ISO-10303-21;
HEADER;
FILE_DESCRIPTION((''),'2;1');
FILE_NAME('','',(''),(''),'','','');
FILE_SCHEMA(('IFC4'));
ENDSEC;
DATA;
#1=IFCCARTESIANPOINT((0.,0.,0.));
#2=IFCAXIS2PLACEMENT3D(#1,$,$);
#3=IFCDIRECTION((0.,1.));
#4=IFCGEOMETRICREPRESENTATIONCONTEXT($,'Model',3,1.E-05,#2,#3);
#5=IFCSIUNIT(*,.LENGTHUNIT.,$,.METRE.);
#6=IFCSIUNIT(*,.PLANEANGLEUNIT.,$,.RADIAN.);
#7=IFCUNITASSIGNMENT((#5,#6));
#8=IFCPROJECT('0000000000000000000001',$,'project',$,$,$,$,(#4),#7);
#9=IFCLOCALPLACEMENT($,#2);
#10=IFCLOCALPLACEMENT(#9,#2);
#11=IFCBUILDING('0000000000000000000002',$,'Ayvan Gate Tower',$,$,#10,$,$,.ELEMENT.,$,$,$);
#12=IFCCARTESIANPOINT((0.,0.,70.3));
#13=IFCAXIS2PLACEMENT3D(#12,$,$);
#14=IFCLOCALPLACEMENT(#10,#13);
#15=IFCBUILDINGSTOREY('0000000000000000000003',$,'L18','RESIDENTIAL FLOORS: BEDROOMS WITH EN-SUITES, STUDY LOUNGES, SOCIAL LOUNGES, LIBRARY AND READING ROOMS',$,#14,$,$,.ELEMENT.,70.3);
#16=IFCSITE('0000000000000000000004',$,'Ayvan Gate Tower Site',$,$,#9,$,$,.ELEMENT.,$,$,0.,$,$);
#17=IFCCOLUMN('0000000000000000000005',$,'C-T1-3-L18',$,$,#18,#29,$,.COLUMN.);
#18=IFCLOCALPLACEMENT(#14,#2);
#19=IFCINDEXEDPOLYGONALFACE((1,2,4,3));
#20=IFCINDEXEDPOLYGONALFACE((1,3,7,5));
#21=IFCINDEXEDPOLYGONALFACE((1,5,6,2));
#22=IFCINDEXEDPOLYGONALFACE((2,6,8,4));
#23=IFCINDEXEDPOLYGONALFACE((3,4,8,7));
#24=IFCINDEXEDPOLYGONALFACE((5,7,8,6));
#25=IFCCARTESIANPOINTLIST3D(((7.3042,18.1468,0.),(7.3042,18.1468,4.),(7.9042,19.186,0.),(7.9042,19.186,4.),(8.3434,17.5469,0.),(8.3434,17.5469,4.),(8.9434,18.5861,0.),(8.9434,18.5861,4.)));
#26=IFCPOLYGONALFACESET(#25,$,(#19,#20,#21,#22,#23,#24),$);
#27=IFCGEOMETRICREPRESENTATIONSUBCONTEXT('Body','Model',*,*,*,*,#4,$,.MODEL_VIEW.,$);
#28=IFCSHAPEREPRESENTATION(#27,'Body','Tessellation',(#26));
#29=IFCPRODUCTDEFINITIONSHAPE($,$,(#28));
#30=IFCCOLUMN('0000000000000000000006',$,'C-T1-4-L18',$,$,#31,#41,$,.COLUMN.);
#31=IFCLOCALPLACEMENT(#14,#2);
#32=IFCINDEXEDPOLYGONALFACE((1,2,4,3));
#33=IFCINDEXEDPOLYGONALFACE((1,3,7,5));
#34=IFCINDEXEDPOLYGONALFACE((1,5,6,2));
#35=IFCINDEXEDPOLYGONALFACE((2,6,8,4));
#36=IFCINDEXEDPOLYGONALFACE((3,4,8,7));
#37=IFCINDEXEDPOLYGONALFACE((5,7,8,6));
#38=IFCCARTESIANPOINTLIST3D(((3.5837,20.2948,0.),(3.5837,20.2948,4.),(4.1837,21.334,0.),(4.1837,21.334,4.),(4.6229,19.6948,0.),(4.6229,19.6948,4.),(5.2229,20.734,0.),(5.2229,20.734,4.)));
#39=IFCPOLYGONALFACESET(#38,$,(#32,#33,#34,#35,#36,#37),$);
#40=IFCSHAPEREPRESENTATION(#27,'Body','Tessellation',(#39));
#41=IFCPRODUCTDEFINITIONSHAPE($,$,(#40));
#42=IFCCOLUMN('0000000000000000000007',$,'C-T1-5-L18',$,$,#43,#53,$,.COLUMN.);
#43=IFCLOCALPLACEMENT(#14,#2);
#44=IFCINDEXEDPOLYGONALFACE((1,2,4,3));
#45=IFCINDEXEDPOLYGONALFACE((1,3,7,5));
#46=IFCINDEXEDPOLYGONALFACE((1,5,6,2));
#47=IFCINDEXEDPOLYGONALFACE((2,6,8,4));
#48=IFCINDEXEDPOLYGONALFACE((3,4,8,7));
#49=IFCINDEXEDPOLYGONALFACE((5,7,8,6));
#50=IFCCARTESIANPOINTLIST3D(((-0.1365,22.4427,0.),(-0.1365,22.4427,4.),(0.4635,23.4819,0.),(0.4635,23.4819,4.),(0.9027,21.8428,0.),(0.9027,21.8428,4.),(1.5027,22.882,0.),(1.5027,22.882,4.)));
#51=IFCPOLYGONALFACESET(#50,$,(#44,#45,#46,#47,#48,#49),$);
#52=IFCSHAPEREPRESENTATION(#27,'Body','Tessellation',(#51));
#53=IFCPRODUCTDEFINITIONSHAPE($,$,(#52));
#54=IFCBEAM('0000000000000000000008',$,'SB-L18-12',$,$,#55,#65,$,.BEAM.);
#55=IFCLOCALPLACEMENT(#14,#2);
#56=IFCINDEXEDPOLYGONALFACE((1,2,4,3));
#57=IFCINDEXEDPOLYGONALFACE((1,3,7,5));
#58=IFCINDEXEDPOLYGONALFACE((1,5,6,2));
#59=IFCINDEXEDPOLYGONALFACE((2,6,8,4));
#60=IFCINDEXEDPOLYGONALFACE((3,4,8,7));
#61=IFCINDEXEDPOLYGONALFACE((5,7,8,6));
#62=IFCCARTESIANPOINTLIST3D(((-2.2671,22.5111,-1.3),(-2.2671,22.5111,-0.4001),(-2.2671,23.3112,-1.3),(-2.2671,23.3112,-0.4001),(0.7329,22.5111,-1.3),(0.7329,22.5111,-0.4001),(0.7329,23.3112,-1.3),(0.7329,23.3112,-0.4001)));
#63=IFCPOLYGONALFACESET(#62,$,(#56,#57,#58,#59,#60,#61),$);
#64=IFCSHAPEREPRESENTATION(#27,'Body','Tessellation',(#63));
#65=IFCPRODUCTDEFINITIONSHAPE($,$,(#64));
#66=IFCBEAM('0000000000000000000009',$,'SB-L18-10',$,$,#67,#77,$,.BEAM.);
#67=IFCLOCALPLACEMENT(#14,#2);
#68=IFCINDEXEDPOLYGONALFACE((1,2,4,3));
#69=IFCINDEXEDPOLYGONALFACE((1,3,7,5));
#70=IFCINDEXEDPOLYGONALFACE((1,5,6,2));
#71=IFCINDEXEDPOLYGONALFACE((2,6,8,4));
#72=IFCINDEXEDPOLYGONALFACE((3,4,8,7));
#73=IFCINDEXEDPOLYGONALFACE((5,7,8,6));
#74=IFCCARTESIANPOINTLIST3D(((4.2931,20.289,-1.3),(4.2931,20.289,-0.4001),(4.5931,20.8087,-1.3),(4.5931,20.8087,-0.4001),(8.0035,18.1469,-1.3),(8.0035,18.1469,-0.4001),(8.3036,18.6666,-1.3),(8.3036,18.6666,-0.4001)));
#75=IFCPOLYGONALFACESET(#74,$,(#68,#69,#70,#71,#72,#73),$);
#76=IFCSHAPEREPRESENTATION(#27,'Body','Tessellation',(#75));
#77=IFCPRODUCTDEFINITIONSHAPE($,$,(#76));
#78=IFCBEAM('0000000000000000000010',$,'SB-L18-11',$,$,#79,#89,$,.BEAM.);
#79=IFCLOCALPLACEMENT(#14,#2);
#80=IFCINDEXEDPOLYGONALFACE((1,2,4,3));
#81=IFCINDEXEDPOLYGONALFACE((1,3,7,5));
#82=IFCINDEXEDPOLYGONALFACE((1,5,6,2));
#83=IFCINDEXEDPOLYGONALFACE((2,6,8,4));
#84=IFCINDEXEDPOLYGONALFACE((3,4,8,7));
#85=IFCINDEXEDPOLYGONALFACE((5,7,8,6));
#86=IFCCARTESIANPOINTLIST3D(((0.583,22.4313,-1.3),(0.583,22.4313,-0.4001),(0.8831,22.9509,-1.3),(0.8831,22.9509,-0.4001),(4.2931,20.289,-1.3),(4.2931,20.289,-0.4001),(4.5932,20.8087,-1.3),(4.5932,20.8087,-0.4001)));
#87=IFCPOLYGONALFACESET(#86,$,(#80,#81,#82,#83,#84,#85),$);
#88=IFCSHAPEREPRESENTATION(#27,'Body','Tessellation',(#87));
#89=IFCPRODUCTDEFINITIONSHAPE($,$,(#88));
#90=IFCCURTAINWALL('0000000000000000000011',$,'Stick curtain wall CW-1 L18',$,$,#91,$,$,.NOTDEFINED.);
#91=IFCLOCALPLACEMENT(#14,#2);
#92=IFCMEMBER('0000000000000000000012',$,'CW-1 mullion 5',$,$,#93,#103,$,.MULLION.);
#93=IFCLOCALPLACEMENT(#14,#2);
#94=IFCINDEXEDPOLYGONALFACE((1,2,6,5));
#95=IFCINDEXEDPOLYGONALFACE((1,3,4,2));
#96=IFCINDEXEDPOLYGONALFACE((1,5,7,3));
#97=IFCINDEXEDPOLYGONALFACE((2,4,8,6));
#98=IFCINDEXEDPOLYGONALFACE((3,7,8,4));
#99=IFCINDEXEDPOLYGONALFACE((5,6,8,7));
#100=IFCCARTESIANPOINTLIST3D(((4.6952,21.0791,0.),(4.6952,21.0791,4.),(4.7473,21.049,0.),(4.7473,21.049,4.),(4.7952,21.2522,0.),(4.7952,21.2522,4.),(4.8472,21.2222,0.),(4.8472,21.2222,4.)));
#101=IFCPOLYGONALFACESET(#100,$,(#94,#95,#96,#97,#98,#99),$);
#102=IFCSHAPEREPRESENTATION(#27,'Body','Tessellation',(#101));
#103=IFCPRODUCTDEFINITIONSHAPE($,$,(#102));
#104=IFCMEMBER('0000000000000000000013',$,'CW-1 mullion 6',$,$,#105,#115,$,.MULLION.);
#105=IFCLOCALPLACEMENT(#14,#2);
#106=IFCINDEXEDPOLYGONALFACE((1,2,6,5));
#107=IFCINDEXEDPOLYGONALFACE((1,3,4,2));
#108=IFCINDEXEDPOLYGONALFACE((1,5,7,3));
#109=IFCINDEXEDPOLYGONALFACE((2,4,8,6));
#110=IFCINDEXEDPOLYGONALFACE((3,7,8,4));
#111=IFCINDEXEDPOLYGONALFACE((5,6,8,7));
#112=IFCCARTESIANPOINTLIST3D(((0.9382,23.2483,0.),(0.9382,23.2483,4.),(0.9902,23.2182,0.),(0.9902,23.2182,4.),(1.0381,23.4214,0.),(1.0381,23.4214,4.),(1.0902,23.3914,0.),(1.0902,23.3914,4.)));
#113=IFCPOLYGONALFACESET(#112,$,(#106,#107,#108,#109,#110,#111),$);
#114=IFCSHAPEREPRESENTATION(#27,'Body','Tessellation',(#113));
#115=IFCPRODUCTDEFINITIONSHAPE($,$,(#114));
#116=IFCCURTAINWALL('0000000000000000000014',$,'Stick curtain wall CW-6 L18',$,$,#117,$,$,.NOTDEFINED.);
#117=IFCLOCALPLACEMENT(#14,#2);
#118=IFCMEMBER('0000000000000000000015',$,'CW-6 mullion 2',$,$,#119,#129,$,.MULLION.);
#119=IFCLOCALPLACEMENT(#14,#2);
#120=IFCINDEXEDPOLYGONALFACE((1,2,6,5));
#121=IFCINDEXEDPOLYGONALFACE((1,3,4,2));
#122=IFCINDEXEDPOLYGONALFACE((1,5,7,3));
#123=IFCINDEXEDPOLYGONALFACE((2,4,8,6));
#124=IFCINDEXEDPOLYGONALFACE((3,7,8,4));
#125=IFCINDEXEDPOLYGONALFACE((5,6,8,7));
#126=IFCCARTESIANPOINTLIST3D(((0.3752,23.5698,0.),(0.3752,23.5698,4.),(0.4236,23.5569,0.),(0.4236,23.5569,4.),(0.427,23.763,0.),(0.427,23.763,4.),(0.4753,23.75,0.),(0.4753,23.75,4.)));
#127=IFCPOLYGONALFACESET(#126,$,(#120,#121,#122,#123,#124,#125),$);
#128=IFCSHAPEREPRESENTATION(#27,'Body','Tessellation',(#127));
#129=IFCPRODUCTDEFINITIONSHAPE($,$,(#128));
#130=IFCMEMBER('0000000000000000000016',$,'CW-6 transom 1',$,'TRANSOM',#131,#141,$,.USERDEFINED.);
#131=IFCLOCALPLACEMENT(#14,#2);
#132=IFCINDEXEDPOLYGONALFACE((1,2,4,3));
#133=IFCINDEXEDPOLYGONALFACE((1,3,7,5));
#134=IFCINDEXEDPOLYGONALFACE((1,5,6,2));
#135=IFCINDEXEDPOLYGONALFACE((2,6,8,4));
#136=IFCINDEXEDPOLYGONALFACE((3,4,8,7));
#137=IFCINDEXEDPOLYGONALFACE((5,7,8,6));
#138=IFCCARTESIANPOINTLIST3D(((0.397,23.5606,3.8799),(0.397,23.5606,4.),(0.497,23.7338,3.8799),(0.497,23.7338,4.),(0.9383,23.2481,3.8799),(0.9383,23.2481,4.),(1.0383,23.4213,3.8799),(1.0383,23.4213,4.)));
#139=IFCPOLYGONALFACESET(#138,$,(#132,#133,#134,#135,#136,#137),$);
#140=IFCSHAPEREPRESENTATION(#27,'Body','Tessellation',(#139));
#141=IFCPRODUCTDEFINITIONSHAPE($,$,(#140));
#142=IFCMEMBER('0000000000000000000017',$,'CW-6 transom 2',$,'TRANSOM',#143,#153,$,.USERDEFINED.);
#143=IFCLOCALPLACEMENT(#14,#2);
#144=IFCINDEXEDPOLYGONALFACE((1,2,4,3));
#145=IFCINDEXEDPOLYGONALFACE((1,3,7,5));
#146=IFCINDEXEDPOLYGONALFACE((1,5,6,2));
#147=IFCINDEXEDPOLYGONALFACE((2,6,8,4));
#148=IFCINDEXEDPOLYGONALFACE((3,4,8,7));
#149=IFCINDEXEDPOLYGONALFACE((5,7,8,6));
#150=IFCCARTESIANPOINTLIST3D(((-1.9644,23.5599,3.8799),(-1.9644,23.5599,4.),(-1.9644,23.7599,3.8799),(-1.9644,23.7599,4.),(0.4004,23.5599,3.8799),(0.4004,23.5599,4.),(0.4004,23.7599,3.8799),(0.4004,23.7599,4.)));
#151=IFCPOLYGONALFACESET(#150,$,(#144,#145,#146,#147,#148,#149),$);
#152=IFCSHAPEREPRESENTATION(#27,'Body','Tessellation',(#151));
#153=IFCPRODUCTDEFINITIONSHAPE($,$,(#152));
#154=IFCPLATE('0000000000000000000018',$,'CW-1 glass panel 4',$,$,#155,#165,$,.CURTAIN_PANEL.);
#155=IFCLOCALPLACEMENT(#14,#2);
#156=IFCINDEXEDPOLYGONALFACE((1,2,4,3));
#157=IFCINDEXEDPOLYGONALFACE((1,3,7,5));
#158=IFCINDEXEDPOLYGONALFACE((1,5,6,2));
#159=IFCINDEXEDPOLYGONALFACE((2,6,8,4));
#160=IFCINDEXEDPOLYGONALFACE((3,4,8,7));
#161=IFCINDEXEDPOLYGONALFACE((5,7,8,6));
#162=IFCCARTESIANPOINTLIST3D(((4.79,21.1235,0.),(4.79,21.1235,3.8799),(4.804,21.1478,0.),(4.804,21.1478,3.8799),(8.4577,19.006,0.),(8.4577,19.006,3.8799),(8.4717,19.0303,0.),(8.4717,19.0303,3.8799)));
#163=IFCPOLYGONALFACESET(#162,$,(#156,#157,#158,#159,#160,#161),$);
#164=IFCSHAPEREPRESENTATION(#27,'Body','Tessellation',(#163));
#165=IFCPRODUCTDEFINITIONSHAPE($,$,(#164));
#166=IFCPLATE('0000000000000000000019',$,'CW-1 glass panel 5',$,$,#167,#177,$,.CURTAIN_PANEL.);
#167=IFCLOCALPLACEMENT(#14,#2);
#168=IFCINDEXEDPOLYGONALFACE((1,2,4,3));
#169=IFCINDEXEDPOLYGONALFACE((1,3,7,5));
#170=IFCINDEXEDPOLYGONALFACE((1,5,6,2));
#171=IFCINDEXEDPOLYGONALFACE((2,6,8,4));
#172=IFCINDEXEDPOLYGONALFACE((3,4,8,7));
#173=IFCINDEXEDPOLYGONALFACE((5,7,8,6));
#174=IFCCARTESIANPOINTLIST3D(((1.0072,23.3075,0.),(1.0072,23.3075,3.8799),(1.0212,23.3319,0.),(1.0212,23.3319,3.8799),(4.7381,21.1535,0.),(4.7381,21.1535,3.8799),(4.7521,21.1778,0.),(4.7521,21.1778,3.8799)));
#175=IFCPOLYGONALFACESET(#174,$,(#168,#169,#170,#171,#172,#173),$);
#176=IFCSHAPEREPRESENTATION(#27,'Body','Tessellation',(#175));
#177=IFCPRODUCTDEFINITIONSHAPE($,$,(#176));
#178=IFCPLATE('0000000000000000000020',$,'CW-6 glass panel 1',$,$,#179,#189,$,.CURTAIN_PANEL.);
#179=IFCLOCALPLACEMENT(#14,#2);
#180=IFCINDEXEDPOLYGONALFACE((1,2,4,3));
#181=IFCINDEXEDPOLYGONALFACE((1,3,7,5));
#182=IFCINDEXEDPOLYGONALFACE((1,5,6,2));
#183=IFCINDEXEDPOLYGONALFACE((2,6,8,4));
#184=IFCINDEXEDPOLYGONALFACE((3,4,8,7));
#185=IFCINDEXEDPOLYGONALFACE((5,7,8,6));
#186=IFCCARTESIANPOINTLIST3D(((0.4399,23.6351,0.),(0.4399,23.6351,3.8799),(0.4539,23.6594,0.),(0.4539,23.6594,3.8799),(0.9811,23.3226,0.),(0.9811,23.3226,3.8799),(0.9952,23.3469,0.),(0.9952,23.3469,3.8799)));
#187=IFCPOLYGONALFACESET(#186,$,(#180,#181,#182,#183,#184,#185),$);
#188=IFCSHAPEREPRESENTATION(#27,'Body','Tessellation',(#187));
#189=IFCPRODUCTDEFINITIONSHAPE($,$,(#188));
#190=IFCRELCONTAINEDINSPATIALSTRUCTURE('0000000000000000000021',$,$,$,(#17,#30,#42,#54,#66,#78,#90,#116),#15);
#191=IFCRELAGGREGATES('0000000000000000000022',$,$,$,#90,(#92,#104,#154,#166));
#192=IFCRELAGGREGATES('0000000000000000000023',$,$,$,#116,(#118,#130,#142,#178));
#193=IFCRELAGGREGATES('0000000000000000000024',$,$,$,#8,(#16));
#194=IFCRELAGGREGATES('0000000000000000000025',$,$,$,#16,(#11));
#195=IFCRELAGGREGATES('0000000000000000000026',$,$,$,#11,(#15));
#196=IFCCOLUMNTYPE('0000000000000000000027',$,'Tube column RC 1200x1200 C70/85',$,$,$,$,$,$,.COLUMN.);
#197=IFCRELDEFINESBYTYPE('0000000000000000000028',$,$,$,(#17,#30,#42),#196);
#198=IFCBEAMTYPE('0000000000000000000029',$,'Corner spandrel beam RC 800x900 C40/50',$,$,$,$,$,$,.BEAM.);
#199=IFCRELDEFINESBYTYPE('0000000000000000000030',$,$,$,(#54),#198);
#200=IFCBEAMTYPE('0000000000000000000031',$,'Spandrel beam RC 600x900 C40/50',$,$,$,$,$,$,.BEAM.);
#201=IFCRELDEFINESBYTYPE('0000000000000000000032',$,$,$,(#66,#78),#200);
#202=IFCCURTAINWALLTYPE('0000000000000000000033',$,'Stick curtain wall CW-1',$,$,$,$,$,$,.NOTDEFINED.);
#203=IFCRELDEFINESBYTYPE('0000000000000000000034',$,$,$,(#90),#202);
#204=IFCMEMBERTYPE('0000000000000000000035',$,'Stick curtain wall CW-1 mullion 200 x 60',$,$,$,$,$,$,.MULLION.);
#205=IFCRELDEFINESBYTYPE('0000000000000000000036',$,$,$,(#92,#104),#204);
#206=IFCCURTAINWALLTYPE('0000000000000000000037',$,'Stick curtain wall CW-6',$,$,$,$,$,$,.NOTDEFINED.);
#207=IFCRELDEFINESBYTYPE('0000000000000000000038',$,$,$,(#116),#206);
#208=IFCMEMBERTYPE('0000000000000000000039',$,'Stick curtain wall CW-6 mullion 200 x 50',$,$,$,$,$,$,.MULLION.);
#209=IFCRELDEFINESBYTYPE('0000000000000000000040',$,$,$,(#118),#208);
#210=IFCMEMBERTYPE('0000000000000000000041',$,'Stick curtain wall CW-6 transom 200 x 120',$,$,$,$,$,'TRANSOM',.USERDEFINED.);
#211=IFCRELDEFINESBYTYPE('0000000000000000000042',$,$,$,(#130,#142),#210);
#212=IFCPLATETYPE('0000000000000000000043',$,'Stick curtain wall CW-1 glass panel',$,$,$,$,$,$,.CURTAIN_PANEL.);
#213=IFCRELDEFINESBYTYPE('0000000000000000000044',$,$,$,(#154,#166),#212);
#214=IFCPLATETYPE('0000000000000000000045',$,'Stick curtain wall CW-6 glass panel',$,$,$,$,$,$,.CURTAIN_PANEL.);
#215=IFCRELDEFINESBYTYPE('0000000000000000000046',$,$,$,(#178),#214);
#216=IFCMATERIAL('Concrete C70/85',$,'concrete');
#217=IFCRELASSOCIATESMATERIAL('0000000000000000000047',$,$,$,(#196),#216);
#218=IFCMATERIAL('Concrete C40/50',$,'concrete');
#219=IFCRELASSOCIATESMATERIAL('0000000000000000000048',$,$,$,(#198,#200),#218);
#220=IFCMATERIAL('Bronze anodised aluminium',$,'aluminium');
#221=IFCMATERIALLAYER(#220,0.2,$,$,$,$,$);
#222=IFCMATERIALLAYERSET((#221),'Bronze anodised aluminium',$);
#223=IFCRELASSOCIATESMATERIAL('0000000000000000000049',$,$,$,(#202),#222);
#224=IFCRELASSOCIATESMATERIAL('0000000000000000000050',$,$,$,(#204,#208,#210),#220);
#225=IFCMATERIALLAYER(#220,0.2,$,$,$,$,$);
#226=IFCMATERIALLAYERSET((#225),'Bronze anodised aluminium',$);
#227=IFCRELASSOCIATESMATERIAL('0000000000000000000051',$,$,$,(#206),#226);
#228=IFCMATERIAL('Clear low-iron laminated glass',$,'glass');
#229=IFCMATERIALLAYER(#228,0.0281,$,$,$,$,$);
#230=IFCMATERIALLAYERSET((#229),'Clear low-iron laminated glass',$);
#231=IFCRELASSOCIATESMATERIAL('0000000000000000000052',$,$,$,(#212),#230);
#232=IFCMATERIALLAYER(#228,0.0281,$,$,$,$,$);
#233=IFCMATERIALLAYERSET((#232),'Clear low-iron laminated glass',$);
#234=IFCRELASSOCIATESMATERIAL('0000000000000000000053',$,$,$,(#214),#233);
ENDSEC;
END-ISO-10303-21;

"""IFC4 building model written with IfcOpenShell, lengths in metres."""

from ifc_helpers import new_model, si_unit, direction, frame, origin, origin_2d, place, context, subcontext, project, spatial, rectangle, extrude, material, layer, layer_set, material_profile, profile_set, type_object, element, aggregate, save


model = new_model("IFC4")

# Units and contexts
model_context = context("Model", 3, precision=1e-05, world=origin(), true_north=direction((0.0, 1.0)))
body_context = subcontext(model_context, "Body", "Model", "MODEL_VIEW")
ifc_project = project(units=[si_unit("LENGTHUNIT", "METRE"), si_unit("PLANEANGLEUNIT", "RADIAN")], contexts=[model_context])

# Site, building, storey
site_placement = place(None, origin())
site = spatial("IfcSite", under=ifc_project, at=site_placement, Name="Ayvan Gate Tower Site", CompositionType="ELEMENT", RefElevation=0.0)
building_placement = place(site_placement, origin())
building = spatial("IfcBuilding", under=site, at=building_placement, Name="Ayvan Gate Tower", CompositionType="ELEMENT")
storey_placement = place(building_placement, frame((0.0, 0.0, 70.3)))
storey = spatial("IfcBuildingStorey", under=building, at=storey_placement, Name="L18", Description="RESIDENTIAL FLOORS: BEDROOMS WITH EN-SUITES, STUDY LOUNGES, SOCIAL LOUNGES, LIBRARY AND READING ROOMS", CompositionType="ELEMENT", Elevation=70.3)

# Columns
ifc_material_1 = material(Name="Concrete C70/85", Category="concrete")
ifc_material_profile_1 = material_profile(ifc_material_1, rectangle(XDim=1.2, YDim=1.2, at=origin_2d()), Name="RC 1200x1200")
ifc_profile_set_1 = profile_set([ifc_material_profile_1], Name="Concrete C70/85")
column_type = type_object("IfcColumnType", Name="Tube column RC 1200x1200 C70/85", PredefinedType="COLUMN", material=ifc_profile_set_1)
for number, where, z_axis, x_axis, name in (
    (1, (8.1238, 18.3665, 0.0), (0.0, 0.0, 1.0), (0.5, 0.866025, 0.0), "C-T1-3-L18"),
    (2, (4.4033, 20.5144, 0.0), (0.0, 0.0, 1.0), (0.5, 0.866025, 0.0), "C-T1-4-L18"),
    (3, (0.6831, 22.6624, 0.0), (0.0, 0.0, 1.0), (0.5, 0.866025, 0.0), "C-T1-5-L18"),
):
    element("IfcColumn", number, at=place(storey_placement, frame(where, z_axis=z_axis, x_axis=x_axis)), inside=storey, type_object=column_type, Name=name, PredefinedType="COLUMN", context=body_context, shape_type="SweptSolid", body=[
        extrude(rectangle(XDim=1.2, YDim=1.2, at=origin_2d()), origin(), (0.0, 0.0, 1.0), 4.0),
    ])

# Beams
ifc_material_2 = material(Name="Concrete C40/50", Category="concrete")
ifc_material_profile_2 = material_profile(ifc_material_2, rectangle(XDim=0.8, YDim=0.8999, at=origin_2d()), Name="RC 800x900")
ifc_profile_set_2 = profile_set([ifc_material_profile_2], Name="Concrete C40/50")
beam_type_1 = type_object("IfcBeamType", Name="Corner spandrel beam RC 800x900 C40/50", PredefinedType="BEAM", material=ifc_profile_set_2)
beam_1_placement = place(storey_placement, frame((0.7329, 22.9111, -0.8501), z_axis=(-1.0, 0.0, 0.0), x_axis=(0.0, -1.0, 0.0)))
element("IfcBeam", 4, at=beam_1_placement, inside=storey, type_object=beam_type_1, Name="SB-L18-12", PredefinedType="BEAM", context=body_context, shape_type="SweptSolid", body=[
    extrude(rectangle(XDim=0.8, YDim=0.8999, at=origin_2d()), origin(), (0.0, 0.0, 1.0), 3.0),
])
ifc_material_profile_3 = material_profile(ifc_material_2, rectangle(XDim=0.6001, YDim=0.8999, at=origin_2d()), Name="RC 600x900")
ifc_profile_set_3 = profile_set([ifc_material_profile_3], Name="Concrete C40/50")
beam_type_2 = type_object("IfcBeamType", Name="Spandrel beam RC 600x900 C40/50", PredefinedType="BEAM", material=ifc_profile_set_3)
beam_2_placement = place(storey_placement, frame((8.1536, 18.4067, -0.8501), z_axis=(-0.866039, 0.499976, 0.0), x_axis=(-0.499976, -0.866039, 0.0)))
element("IfcBeam", 5, at=beam_2_placement, inside=storey, type_object=beam_type_2, Name="SB-L18-10", PredefinedType="BEAM", context=body_context, shape_type="SweptSolid", body=[
    extrude(rectangle(XDim=0.6001, YDim=0.8999, at=origin_2d()), origin(), (0.0, 0.0, 1.0), 4.2844),
])
beam_3_placement = place(storey_placement, frame((4.4431, 20.5488, -0.8501), z_axis=(-0.866001, 0.500043, 0.0), x_axis=(-0.500043, -0.866001, 0.0)))
element("IfcBeam", 6, at=beam_3_placement, inside=storey, type_object=beam_type_2, Name="SB-L18-11", PredefinedType="BEAM", context=body_context, shape_type="SweptSolid", body=[
    extrude(rectangle(XDim=0.6001, YDim=0.8999, at=origin_2d()), origin(), (0.0, 0.0, 1.0), 4.2842),
])

# Curtain walls, members
ifc_material_3 = material(Name="Bronze anodised aluminium", Category="aluminium")
ifc_layer_1 = layer(ifc_material_3, 0.2)
ifc_layer_set_1 = layer_set([ifc_layer_1], Name="Bronze anodised aluminium")
curtain_wall_type_1 = type_object("IfcCurtainWallType", Name="Stick curtain wall CW-1", PredefinedType="NOTDEFINED", material=ifc_layer_set_1)
curtain_wall_1_placement = place(storey_placement, origin())
curtain_wall_1 = element("IfcCurtainWall", 7, at=curtain_wall_1_placement, inside=storey, type_object=curtain_wall_type_1, Name="Stick curtain wall CW-1 L18", PredefinedType="NOTDEFINED")
ifc_material_profile_4 = material_profile(ifc_material_3, rectangle(XDim=0.2, YDim=0.0601, at=origin_2d()), Name="Stick curtain wall CW-1 mullion 200 x 60")
ifc_profile_set_4 = profile_set([ifc_material_profile_4], Name="Bronze anodised aluminium")
member_type_1 = type_object("IfcMemberType", Name="Stick curtain wall CW-1 mullion 200 x 60", PredefinedType="MULLION", material=ifc_profile_set_4)
member_1_placement = place(storey_placement, frame((4.7712, 21.1506, 0.0), z_axis=(0.0, 0.0, 1.0), x_axis=(0.5, 0.866025, 0.0)))
member_1 = element("IfcMember", 8, at=member_1_placement, type_object=member_type_1, Name="CW-1 mullion 5", PredefinedType="MULLION", context=body_context, shape_type="SweptSolid", body=[
    extrude(rectangle(XDim=0.2, YDim=0.0601, at=origin_2d()), origin(), (0.0, 0.0, 1.0), 4.0),
])
member_2_placement = place(storey_placement, frame((1.0142, 23.3198, 0.0), z_axis=(0.0, 0.0, 1.0), x_axis=(0.5, 0.866025, 0.0)))
member_2 = element("IfcMember", 9, at=member_2_placement, type_object=member_type_1, Name="CW-1 mullion 6", PredefinedType="MULLION", context=body_context, shape_type="SweptSolid", body=[
    extrude(rectangle(XDim=0.2, YDim=0.0601, at=origin_2d()), origin(), (0.0, 0.0, 1.0), 4.0),
])
ifc_layer_2 = layer(ifc_material_3, 0.2)
ifc_layer_set_2 = layer_set([ifc_layer_2], Name="Bronze anodised aluminium")
curtain_wall_type_2 = type_object("IfcCurtainWallType", Name="Stick curtain wall CW-6", PredefinedType="NOTDEFINED", material=ifc_layer_set_2)
curtain_wall_2_placement = place(storey_placement, origin())
curtain_wall_2 = element("IfcCurtainWall", 10, at=curtain_wall_2_placement, inside=storey, type_object=curtain_wall_type_2, Name="Stick curtain wall CW-6 L18", PredefinedType="NOTDEFINED")
ifc_material_profile_5 = material_profile(ifc_material_3, rectangle(XDim=0.2, YDim=0.05, at=origin_2d()), Name="Stick curtain wall CW-6 mullion 200 x 50")
ifc_profile_set_5 = profile_set([ifc_material_profile_5], Name="Bronze anodised aluminium")
member_type_2 = type_object("IfcMemberType", Name="Stick curtain wall CW-6 mullion 200 x 50", PredefinedType="MULLION", material=ifc_profile_set_5)
member_3_placement = place(storey_placement, frame((0.4253, 23.6599, 0.0), z_axis=(0.0, 0.0, 1.0), x_axis=(0.258819, 0.965926, 0.0)))
member_3 = element("IfcMember", 11, at=member_3_placement, type_object=member_type_2, Name="CW-6 mullion 2", PredefinedType="MULLION", context=body_context, shape_type="SweptSolid", body=[
    extrude(rectangle(XDim=0.2, YDim=0.05, at=origin_2d()), origin(), (0.0, 0.0, 1.0), 4.0),
])
ifc_material_profile_6 = material_profile(ifc_material_3, rectangle(XDim=0.2, YDim=0.1201, at=origin_2d()), Name="Stick curtain wall CW-6 transom 200 x 120")
ifc_profile_set_6 = profile_set([ifc_material_profile_6], Name="Bronze anodised aluminium")
member_type_3 = type_object("IfcMemberType", Name="Stick curtain wall CW-6 transom 200 x 120", ElementType="TRANSOM", PredefinedType="USERDEFINED", material=ifc_profile_set_6)
member_4_placement = place(storey_placement, frame((0.9883, 23.3347, 3.9399), z_axis=(-0.866023, 0.500004, 0.0), x_axis=(-0.500004, -0.866023, 0.0)))
member_4 = element("IfcMember", 12, at=member_4_placement, type_object=member_type_3, Name="CW-6 transom 1", ObjectType="TRANSOM", PredefinedType="USERDEFINED", context=body_context, shape_type="SweptSolid", body=[
    extrude(rectangle(XDim=0.2, YDim=0.1201, at=origin_2d()), origin(), (0.0, 0.0, 1.0), 0.625),
])
member_5_placement = place(storey_placement, frame((0.4004, 23.6599, 3.9399), z_axis=(-1.0, 0.0, 0.0), x_axis=(0.0, -1.0, 0.0)))
member_5 = element("IfcMember", 13, at=member_5_placement, type_object=member_type_3, Name="CW-6 transom 2", ObjectType="TRANSOM", PredefinedType="USERDEFINED", context=body_context, shape_type="SweptSolid", body=[
    extrude(rectangle(XDim=0.2, YDim=0.1201, at=origin_2d()), origin(), (0.0, 0.0, 1.0), 2.3647),
])

# Plates
ifc_material_4 = material(Name="Clear low-iron laminated glass", Category="glass")
ifc_layer_3 = layer(ifc_material_4, 0.0281)
ifc_layer_set_3 = layer_set([ifc_layer_3], Name="Clear low-iron laminated glass")
plate_type_1 = type_object("IfcPlateType", Name="Stick curtain wall CW-1 glass panel", PredefinedType="CURTAIN_PANEL", material=ifc_layer_set_3)
plate_1_placement = place(storey_placement, frame((6.6309, 20.0769, 0.0), z_axis=(0.0, 0.0, 1.0), x_axis=(-0.866025, 0.5, 0.0)))
plate_1 = element("IfcPlate", 14, at=plate_1_placement, type_object=plate_type_1, Name="CW-1 glass panel 4", PredefinedType="CURTAIN_PANEL", context=body_context, shape_type="SweptSolid", body=[
    extrude(rectangle(XDim=4.2351, YDim=0.0281, at=origin_2d()), origin(), (0.0, 0.0, 1.0), 3.8799),
])
plate_2_placement = place(storey_placement, frame((2.8796, 22.2427, 0.0), z_axis=(0.0, 0.0, 1.0), x_axis=(-0.866025, 0.5, 0.0)))
plate_2 = element("IfcPlate", 15, at=plate_2_placement, type_object=plate_type_1, Name="CW-1 glass panel 5", PredefinedType="CURTAIN_PANEL", context=body_context, shape_type="SweptSolid", body=[
    extrude(rectangle(XDim=4.3081, YDim=0.0281, at=origin_2d()), origin(), (0.0, 0.0, 1.0), 3.8799),
])
aggregate(curtain_wall_1, [member_1, member_2, plate_1, plate_2])
ifc_layer_4 = layer(ifc_material_4, 0.0281)
ifc_layer_set_4 = layer_set([ifc_layer_4], Name="Clear low-iron laminated glass")
plate_type_2 = type_object("IfcPlateType", Name="Stick curtain wall CW-6 glass panel", PredefinedType="CURTAIN_PANEL", material=ifc_layer_set_4)
plate_3_placement = place(storey_placement, frame((0.7175, 23.491, 0.0), z_axis=(0.0, 0.0, 1.0), x_axis=(-0.866025, 0.5, 0.0)))
plate_3 = element("IfcPlate", 16, at=plate_3_placement, type_object=plate_type_2, Name="CW-6 glass panel 1", PredefinedType="CURTAIN_PANEL", context=body_context, shape_type="SweptSolid", body=[
    extrude(rectangle(XDim=0.625, YDim=0.0281, at=origin_2d()), origin(), (0.0, 0.0, 1.0), 3.8799),
])
aggregate(curtain_wall_2, [member_3, member_4, member_5, plate_3])

save(model, "model.ifc")
